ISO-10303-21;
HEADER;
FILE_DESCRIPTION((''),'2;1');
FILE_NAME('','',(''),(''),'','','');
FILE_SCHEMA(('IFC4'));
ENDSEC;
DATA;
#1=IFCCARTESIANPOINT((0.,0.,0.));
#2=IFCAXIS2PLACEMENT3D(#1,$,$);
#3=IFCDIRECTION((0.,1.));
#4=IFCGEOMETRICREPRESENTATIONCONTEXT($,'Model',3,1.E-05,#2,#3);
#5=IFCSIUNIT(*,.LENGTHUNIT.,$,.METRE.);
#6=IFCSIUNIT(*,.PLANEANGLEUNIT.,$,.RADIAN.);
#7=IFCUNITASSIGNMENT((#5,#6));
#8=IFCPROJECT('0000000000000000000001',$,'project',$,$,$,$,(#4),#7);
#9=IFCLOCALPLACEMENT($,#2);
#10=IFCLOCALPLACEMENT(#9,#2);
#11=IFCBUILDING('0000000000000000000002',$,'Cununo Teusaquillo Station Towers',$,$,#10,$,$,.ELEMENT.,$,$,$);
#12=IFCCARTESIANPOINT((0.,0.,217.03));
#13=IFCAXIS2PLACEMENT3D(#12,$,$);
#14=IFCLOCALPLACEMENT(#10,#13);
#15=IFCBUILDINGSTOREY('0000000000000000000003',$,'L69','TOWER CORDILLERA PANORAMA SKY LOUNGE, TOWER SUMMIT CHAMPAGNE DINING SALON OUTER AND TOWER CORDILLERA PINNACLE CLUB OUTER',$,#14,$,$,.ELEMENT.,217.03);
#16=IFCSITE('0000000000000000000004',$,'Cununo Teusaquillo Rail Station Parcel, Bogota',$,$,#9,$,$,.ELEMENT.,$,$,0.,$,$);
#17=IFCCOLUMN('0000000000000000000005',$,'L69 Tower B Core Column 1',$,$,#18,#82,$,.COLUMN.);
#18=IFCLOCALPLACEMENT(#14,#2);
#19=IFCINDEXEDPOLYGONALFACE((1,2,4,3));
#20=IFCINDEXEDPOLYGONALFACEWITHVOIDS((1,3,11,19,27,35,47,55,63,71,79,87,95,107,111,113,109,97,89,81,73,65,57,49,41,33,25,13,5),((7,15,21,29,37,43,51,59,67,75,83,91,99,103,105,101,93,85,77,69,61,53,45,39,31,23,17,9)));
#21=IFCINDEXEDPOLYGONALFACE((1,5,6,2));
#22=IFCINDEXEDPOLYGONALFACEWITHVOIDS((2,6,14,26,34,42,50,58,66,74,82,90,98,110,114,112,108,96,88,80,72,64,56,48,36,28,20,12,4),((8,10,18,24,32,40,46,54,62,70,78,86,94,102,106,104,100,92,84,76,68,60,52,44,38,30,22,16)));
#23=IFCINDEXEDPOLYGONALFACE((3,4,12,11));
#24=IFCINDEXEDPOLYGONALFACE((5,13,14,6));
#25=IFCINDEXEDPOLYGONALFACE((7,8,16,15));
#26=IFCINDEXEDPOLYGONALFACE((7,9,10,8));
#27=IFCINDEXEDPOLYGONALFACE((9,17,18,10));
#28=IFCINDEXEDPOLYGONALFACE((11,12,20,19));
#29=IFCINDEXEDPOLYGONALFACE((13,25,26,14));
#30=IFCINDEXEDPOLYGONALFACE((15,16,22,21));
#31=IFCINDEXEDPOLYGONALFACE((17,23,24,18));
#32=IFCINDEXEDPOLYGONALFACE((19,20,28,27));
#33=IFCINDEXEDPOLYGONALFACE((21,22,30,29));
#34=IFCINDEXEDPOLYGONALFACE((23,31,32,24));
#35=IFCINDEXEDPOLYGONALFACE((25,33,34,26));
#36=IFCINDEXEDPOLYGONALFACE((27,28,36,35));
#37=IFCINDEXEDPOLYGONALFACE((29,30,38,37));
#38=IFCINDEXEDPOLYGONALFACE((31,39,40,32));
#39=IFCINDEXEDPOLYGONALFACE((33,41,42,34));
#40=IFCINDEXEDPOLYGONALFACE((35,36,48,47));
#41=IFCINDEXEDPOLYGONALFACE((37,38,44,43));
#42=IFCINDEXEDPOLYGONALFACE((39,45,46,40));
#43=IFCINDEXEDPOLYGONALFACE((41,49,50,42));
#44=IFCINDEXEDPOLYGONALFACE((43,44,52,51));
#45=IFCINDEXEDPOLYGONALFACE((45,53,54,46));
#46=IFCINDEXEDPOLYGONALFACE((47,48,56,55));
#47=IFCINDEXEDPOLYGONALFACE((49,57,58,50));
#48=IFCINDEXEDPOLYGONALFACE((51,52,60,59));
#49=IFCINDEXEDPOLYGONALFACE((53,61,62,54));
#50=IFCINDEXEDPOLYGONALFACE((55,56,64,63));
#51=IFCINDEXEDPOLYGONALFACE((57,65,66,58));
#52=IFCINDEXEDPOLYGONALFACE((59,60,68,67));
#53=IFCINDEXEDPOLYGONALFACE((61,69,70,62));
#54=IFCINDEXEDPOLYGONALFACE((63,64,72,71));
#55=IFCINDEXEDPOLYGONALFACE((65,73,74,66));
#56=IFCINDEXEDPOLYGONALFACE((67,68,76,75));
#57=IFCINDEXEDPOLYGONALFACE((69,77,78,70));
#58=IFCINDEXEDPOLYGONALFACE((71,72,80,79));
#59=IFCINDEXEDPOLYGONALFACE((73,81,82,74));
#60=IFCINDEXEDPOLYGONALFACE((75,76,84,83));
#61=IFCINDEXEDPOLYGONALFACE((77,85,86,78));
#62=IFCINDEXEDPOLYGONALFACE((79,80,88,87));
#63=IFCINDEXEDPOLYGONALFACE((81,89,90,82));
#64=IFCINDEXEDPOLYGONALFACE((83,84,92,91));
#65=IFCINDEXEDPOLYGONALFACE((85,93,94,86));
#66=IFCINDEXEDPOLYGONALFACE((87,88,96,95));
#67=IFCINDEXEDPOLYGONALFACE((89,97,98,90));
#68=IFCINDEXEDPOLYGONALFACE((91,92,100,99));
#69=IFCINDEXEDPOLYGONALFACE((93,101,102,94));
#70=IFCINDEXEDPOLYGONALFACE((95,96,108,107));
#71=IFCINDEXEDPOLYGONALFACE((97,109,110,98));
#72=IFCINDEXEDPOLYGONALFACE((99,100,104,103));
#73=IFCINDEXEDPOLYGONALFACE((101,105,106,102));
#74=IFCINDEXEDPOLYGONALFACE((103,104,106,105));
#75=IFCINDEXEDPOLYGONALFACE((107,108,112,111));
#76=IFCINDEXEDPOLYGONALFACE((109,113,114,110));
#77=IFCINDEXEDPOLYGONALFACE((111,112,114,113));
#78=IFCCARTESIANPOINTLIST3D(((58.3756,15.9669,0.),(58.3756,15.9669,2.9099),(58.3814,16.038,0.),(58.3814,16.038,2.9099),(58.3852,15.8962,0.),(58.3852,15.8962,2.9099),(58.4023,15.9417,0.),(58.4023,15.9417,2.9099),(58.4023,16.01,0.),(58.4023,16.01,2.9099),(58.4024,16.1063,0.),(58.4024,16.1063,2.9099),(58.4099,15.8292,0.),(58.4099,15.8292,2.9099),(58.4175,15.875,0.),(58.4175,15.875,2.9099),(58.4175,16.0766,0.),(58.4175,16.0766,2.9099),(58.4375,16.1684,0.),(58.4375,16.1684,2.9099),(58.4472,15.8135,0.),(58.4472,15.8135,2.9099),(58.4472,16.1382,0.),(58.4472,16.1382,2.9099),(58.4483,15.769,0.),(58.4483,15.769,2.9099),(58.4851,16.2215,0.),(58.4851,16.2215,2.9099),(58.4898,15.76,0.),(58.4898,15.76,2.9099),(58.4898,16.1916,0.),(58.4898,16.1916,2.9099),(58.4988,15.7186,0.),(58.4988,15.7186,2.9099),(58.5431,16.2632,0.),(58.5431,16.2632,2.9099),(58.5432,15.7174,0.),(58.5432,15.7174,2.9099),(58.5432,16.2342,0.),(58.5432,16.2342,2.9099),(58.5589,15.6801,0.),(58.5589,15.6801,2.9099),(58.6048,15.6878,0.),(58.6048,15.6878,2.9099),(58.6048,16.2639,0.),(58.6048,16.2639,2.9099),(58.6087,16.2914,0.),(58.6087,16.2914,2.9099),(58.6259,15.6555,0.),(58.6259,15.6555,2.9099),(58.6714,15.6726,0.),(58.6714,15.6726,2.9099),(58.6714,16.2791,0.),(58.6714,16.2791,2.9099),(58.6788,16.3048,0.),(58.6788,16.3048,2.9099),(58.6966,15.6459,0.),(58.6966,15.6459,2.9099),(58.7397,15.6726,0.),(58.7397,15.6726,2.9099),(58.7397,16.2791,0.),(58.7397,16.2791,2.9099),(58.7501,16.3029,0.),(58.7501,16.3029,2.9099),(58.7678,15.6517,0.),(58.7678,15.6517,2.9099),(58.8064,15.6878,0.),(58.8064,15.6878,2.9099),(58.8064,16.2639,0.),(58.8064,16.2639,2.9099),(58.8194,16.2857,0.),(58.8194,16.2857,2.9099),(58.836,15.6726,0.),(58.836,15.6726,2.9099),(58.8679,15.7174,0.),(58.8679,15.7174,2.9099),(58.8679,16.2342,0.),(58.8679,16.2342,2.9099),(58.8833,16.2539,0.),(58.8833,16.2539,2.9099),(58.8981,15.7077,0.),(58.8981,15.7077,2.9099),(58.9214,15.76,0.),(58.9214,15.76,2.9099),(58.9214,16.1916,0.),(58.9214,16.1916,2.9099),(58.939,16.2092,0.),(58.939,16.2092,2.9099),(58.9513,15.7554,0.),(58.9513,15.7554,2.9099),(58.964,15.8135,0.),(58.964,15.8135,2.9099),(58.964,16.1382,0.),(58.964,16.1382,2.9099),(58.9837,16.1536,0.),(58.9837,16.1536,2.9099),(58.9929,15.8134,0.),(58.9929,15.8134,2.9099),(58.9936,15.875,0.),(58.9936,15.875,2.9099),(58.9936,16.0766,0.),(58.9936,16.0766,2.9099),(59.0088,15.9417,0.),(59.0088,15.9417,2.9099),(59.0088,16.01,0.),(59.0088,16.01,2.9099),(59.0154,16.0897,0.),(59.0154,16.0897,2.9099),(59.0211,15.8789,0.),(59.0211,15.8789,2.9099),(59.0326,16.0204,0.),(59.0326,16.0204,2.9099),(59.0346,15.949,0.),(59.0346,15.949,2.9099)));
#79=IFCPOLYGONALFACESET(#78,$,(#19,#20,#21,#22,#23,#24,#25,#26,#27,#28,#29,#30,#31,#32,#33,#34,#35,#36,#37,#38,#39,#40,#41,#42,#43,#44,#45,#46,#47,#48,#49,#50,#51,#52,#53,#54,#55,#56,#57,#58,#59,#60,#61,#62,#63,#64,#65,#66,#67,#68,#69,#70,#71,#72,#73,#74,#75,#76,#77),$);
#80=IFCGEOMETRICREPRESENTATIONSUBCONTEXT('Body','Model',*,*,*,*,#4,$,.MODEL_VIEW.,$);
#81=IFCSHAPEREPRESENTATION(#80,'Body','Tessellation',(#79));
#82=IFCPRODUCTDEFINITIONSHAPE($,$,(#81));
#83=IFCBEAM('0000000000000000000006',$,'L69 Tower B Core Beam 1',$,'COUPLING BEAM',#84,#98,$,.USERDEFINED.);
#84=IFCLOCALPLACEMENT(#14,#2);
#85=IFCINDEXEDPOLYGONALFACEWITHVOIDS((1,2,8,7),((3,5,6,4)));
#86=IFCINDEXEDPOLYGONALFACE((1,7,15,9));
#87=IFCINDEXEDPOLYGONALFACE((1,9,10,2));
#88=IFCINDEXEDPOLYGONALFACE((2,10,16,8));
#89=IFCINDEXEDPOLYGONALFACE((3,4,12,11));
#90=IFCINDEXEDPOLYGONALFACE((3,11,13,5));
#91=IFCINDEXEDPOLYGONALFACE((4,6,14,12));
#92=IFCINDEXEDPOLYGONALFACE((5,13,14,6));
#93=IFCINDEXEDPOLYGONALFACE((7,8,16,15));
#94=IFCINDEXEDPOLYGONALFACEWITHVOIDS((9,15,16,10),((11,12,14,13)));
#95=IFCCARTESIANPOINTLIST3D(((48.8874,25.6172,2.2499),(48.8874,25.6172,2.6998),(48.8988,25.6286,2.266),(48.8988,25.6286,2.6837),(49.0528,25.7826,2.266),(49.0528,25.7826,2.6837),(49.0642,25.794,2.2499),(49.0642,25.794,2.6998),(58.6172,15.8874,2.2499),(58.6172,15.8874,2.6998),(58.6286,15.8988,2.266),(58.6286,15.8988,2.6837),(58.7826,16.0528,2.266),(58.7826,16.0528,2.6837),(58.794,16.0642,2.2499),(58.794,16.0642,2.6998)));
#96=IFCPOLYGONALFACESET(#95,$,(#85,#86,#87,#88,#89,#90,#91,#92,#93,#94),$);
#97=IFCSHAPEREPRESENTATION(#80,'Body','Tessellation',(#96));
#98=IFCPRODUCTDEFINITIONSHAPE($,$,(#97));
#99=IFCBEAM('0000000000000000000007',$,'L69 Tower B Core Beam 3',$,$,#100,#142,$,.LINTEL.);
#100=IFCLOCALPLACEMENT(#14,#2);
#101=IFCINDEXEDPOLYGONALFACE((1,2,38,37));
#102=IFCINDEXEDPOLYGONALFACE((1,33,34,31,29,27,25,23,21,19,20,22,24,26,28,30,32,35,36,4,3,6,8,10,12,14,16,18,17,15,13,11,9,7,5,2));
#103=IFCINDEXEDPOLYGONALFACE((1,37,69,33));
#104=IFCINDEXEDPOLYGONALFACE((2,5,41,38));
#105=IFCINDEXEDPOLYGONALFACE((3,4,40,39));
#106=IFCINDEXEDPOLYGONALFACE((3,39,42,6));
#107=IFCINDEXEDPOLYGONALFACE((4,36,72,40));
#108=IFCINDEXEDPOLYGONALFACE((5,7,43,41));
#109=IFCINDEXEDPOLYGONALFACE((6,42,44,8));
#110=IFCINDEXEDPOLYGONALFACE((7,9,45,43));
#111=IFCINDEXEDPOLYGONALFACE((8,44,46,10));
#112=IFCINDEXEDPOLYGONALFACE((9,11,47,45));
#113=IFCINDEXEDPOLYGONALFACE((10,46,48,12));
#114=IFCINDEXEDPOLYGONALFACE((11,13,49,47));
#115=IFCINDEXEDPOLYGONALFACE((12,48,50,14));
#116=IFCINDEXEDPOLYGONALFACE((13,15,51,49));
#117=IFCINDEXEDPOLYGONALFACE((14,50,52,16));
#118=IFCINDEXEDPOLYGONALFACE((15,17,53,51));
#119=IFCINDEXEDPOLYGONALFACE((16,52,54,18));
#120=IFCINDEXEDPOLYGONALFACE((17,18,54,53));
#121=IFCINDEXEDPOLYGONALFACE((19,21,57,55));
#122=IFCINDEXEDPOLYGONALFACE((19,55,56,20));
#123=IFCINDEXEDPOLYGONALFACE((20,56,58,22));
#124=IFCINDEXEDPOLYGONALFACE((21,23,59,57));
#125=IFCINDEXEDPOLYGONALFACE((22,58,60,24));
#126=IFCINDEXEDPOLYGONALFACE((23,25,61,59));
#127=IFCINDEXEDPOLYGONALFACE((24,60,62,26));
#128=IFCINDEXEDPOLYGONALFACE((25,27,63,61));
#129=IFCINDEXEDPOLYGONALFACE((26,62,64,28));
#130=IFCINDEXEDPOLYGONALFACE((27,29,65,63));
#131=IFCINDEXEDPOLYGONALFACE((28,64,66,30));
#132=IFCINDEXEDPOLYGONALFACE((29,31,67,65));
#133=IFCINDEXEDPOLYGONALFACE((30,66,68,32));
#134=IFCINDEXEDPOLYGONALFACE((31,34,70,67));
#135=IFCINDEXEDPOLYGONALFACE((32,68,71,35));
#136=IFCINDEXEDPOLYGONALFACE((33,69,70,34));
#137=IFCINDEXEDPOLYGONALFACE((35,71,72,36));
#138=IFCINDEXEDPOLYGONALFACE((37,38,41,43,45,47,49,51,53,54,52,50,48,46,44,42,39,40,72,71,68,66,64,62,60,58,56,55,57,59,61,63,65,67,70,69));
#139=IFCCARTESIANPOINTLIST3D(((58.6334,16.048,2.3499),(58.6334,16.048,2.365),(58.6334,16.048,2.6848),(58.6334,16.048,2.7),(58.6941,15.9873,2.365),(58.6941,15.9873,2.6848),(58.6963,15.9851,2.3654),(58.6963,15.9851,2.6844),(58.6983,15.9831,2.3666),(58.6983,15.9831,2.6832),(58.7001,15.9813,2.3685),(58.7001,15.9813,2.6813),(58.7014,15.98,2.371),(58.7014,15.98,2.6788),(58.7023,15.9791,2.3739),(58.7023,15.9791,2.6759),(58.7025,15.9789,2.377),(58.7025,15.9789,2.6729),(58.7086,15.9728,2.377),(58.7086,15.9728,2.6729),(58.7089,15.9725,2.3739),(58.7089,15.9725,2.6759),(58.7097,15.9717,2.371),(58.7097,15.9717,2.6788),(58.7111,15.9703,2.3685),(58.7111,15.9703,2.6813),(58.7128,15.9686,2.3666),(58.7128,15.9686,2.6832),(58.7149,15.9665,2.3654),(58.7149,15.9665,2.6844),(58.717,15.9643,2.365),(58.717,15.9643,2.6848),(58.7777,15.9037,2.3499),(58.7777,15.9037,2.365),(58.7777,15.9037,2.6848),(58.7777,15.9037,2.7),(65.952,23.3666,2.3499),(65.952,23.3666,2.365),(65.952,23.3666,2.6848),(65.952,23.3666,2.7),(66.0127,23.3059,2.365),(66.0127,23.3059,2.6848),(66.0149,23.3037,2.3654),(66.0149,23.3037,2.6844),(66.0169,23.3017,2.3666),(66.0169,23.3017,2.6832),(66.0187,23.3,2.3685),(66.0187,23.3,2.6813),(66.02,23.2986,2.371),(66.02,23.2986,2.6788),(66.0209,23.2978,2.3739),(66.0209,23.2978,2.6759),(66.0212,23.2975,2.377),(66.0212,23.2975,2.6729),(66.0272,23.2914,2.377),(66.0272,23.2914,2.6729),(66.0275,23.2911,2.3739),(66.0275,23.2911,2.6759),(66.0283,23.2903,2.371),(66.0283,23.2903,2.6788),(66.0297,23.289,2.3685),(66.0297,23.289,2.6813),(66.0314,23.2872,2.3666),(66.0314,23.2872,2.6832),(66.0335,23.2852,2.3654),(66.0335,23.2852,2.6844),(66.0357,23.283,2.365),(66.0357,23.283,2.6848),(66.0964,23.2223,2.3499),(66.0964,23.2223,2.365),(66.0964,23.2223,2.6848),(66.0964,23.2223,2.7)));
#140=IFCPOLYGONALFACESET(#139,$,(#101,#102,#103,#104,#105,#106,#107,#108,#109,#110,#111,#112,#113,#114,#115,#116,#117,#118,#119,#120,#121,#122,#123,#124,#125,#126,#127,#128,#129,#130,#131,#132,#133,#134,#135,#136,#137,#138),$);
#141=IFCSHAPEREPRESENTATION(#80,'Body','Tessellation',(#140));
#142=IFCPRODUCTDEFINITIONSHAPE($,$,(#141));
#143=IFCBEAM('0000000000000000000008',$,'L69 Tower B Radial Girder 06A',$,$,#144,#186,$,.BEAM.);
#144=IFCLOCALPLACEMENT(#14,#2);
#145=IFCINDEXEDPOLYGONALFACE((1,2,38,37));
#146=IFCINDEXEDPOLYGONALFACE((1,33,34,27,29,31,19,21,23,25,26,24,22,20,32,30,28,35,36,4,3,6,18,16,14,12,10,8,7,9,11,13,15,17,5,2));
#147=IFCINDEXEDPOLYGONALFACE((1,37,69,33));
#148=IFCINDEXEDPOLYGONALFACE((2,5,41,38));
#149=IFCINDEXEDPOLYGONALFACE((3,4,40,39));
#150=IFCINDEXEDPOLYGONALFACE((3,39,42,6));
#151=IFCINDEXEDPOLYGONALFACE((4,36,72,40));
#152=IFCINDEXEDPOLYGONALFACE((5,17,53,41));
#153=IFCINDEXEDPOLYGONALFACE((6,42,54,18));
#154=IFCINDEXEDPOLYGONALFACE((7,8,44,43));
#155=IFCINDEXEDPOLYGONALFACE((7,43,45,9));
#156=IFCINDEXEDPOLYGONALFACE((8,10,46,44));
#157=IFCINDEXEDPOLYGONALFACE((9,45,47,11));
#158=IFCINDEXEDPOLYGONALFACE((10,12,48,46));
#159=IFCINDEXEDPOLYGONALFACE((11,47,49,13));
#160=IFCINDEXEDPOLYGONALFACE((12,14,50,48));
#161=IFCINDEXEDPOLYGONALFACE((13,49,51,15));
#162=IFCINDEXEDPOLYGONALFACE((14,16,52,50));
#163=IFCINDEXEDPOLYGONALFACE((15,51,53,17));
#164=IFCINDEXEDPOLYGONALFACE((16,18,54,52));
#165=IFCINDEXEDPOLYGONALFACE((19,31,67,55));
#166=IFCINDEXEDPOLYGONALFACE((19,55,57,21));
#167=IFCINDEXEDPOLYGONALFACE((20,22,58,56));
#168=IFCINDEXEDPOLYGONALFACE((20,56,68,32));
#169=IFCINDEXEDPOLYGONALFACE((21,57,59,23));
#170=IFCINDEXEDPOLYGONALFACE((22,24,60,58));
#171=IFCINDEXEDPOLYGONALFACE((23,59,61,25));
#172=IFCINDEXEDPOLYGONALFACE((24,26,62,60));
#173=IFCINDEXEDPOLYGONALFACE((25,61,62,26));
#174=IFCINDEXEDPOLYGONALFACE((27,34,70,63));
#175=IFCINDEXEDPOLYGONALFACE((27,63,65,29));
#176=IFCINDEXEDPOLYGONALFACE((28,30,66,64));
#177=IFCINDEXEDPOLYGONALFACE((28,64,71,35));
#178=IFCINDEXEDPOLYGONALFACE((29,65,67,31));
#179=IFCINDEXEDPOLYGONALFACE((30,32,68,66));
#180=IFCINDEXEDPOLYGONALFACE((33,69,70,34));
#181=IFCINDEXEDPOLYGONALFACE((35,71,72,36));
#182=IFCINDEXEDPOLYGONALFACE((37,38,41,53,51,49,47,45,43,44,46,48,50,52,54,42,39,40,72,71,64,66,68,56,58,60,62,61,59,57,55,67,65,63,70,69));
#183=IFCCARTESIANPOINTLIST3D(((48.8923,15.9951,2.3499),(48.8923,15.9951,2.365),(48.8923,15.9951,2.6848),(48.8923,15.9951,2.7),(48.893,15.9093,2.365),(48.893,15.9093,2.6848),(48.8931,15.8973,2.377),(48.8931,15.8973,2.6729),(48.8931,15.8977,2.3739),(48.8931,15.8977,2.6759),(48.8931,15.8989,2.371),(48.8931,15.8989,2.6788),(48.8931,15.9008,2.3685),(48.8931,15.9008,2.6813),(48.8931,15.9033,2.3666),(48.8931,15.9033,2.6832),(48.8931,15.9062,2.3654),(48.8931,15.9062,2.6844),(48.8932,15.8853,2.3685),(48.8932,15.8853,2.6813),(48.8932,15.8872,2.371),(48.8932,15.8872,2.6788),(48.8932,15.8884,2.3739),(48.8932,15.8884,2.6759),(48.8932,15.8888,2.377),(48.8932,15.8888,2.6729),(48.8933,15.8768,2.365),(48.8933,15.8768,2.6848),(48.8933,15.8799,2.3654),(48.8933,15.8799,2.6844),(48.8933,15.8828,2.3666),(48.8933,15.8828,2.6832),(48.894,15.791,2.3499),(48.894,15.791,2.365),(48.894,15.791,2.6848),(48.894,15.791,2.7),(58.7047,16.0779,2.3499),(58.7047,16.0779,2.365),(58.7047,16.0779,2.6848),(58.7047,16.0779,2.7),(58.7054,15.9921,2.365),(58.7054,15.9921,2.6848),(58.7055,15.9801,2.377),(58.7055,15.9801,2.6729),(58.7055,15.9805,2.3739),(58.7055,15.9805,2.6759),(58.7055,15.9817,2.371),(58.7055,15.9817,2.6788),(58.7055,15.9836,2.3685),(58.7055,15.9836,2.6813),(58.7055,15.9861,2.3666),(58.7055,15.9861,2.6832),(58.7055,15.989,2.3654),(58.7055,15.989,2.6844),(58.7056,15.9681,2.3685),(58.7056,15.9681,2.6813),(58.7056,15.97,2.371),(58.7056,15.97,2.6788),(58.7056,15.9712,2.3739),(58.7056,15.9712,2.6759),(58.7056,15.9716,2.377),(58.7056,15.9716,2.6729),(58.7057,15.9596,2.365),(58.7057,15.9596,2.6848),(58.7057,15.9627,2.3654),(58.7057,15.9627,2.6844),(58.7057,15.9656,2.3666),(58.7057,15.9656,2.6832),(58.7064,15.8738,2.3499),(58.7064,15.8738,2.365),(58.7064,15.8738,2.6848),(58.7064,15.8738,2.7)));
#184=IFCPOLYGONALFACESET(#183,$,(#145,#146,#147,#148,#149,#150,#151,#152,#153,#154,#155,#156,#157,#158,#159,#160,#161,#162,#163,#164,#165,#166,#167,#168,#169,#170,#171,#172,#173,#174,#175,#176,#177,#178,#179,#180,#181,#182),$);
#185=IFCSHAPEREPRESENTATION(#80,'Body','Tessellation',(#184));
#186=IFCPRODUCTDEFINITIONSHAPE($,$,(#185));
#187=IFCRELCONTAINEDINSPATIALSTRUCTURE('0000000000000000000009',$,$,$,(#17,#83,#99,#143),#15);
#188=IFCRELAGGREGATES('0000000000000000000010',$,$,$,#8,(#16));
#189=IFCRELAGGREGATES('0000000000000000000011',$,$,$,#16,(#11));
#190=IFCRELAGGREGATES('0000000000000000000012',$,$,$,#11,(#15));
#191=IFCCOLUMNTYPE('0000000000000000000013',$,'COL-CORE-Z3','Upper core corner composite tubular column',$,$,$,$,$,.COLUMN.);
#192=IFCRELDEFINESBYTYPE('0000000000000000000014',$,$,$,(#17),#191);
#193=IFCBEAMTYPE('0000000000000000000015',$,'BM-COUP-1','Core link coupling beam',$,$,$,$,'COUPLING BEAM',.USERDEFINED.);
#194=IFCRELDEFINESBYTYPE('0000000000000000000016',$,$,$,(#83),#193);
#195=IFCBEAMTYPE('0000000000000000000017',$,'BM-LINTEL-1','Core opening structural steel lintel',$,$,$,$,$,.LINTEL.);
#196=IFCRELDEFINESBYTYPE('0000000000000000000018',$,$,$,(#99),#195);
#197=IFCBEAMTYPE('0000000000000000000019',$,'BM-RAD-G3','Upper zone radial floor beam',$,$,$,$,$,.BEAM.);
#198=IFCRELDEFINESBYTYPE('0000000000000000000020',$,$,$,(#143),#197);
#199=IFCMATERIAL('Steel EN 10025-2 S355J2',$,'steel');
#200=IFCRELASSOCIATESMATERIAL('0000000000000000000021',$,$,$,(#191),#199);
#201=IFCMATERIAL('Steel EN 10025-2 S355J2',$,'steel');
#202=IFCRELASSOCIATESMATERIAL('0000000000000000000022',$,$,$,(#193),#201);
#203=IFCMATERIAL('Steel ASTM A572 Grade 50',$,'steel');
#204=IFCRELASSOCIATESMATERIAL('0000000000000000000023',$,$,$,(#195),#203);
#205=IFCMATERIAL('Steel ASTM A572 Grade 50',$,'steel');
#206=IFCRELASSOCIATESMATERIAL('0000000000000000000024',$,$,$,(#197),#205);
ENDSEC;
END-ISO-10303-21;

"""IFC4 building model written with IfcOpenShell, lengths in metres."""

from ifc_helpers import new_model, si_unit, direction, frame, origin, origin_2d, place, context, subcontext, project, spatial, hollow_rectangle, hollow_circle, i_section, extrude, material, material_profile, profile_set, type_object, element, save


model = new_model("IFC4")

# Units and contexts
model_context = context("Model", 3, precision=1e-05, world=origin(), true_north=direction((0.0, 1.0)))
body_context = subcontext(model_context, "Body", "Model", "MODEL_VIEW")
ifc_project = project(units=[si_unit("LENGTHUNIT", "METRE"), si_unit("PLANEANGLEUNIT", "RADIAN")], contexts=[model_context])

# Site, building, storey
site_placement = place(None, origin())
site = spatial("IfcSite", under=ifc_project, at=site_placement, Name="Cununo Teusaquillo Rail Station Parcel, Bogota", CompositionType="ELEMENT", RefElevation=0.0)
building_placement = place(site_placement, origin())
building = spatial("IfcBuilding", under=site, at=building_placement, Name="Cununo Teusaquillo Station Towers", CompositionType="ELEMENT")
storey_placement = place(building_placement, frame((0.0, 0.0, 217.03)))
storey = spatial("IfcBuildingStorey", under=building, at=storey_placement, Name="L69", Description="TOWER CORDILLERA PANORAMA SKY LOUNGE, TOWER SUMMIT CHAMPAGNE DINING SALON OUTER AND TOWER CORDILLERA PINNACLE CLUB OUTER", CompositionType="ELEMENT", Elevation=217.03)

# Column
ifc_material_1 = material(Name="Steel EN 10025-2 S355J2", Category="steel")
ifc_material_profile_1 = material_profile(ifc_material_1, hollow_circle(Radius=0.3301, WallThickness=0.0249, at=origin_2d()), Name="CHS 660x25")
ifc_profile_set_1 = profile_set([ifc_material_profile_1], Name="Steel EN 10025-2 S355J2")
column_type = type_object("IfcColumnType", Name="COL-CORE-Z3", Description="Upper core corner composite tubular column", PredefinedType="COLUMN", material=ifc_profile_set_1)
column_placement = place(storey_placement, frame((58.7056, 15.9758, 0.0), z_axis=(0.0, 0.0, 1.0), x_axis=(0.707107, 0.707107, 0.0)))
element("IfcColumn", 1, at=column_placement, inside=storey, type_object=column_type, Name="L69 Tower B Core Column 1", PredefinedType="COLUMN", context=body_context, shape_type="SweptSolid", body=[
    extrude(hollow_circle(Radius=0.3301, WallThickness=0.0249, at=origin_2d()), origin(), (0.0, 0.0, 1.0), 2.9099),
])

# Beams
ifc_material_2 = material(Name="Steel EN 10025-2 S355J2", Category="steel")
ifc_material_profile_2 = material_profile(ifc_material_2, hollow_rectangle(XDim=0.25, YDim=0.45, WallThickness=0.0161, at=origin_2d()), Name="RHS 450x250x16")
ifc_profile_set_2 = profile_set([ifc_material_profile_2], Name="Steel EN 10025-2 S355J2")
beam_type_1 = type_object("IfcBeamType", Name="BM-COUP-1", Description="Core link coupling beam", ElementType="COUPLING BEAM", PredefinedType="USERDEFINED", material=ifc_profile_set_2)
beam_1_placement = place(storey_placement, frame((58.7056, 15.9758, 2.4749), z_axis=(-0.707107, 0.707107, 0.0), x_axis=(-0.707107, -0.707107, 0.0)))
element("IfcBeam", 2, at=beam_1_placement, inside=storey, type_object=beam_type_1, Name="L69 Tower B Core Beam 1", ObjectType="COUPLING BEAM", PredefinedType="USERDEFINED", context=body_context, shape_type="SweptSolid", body=[
    extrude(hollow_rectangle(XDim=0.25, YDim=0.45, WallThickness=0.0161, at=origin_2d()), origin(), (0.0, 0.0, 1.0), 13.76),
])
ifc_material_3 = material(Name="Steel ASTM A572 Grade 50", Category="steel")
ifc_material_profile_3 = material_profile(ifc_material_3, i_section(OverallWidth=0.2041, OverallDepth=0.3501, WebThickness=0.0085, FlangeThickness=0.0151, FilletRadius=0.012, at=origin_2d()), Name="W14X48")
ifc_profile_set_3 = profile_set([ifc_material_profile_3], Name="Steel ASTM A572 Grade 50")
beam_type_2 = type_object("IfcBeamType", Name="BM-LINTEL-1", Description="Core opening structural steel lintel", PredefinedType="LINTEL", material=ifc_profile_set_3)
beam_2_placement = place(storey_placement, frame((58.7056, 15.9758, 2.5249), z_axis=(0.707107, 0.707107, 0.0), x_axis=(-0.707107, 0.707107, 0.0)))
element("IfcBeam", 3, at=beam_2_placement, inside=storey, type_object=beam_type_2, Name="L69 Tower B Core Beam 3", PredefinedType="LINTEL", context=body_context, shape_type="SweptSolid", body=[
    extrude(i_section(OverallWidth=0.2041, OverallDepth=0.3501, WebThickness=0.0085, FlangeThickness=0.0151, FilletRadius=0.012, at=origin_2d()), origin(), (0.0, 0.0, 1.0), 10.3501),
])
ifc_material_4 = material(Name="Steel ASTM A572 Grade 50", Category="steel")
ifc_material_profile_4 = material_profile(ifc_material_4, i_section(OverallWidth=0.2041, OverallDepth=0.3501, WebThickness=0.0085, FlangeThickness=0.0151, FilletRadius=0.012, at=origin_2d()), Name="W14X48")
ifc_profile_set_4 = profile_set([ifc_material_profile_4], Name="Steel ASTM A572 Grade 50")
beam_type_3 = type_object("IfcBeamType", Name="BM-RAD-G3", Description="Upper zone radial floor beam", PredefinedType="BEAM", material=ifc_profile_set_4)
beam_3_placement = place(storey_placement, frame((58.7056, 15.9758, 2.5249), z_axis=(-0.999964, -0.008434, 0.0), x_axis=(0.008434, -0.999964, 0.0)))
element("IfcBeam", 4, at=beam_3_placement, inside=storey, type_object=beam_type_3, Name="L69 Tower B Radial Girder 06A", PredefinedType="BEAM", context=body_context, shape_type="SweptSolid", body=[
    extrude(i_section(OverallWidth=0.2041, OverallDepth=0.3501, WebThickness=0.0085, FlangeThickness=0.0151, FilletRadius=0.012, at=origin_2d()), origin(), (0.0, 0.0, 1.0), 9.8127),
])

save(model, "model.ifc")
